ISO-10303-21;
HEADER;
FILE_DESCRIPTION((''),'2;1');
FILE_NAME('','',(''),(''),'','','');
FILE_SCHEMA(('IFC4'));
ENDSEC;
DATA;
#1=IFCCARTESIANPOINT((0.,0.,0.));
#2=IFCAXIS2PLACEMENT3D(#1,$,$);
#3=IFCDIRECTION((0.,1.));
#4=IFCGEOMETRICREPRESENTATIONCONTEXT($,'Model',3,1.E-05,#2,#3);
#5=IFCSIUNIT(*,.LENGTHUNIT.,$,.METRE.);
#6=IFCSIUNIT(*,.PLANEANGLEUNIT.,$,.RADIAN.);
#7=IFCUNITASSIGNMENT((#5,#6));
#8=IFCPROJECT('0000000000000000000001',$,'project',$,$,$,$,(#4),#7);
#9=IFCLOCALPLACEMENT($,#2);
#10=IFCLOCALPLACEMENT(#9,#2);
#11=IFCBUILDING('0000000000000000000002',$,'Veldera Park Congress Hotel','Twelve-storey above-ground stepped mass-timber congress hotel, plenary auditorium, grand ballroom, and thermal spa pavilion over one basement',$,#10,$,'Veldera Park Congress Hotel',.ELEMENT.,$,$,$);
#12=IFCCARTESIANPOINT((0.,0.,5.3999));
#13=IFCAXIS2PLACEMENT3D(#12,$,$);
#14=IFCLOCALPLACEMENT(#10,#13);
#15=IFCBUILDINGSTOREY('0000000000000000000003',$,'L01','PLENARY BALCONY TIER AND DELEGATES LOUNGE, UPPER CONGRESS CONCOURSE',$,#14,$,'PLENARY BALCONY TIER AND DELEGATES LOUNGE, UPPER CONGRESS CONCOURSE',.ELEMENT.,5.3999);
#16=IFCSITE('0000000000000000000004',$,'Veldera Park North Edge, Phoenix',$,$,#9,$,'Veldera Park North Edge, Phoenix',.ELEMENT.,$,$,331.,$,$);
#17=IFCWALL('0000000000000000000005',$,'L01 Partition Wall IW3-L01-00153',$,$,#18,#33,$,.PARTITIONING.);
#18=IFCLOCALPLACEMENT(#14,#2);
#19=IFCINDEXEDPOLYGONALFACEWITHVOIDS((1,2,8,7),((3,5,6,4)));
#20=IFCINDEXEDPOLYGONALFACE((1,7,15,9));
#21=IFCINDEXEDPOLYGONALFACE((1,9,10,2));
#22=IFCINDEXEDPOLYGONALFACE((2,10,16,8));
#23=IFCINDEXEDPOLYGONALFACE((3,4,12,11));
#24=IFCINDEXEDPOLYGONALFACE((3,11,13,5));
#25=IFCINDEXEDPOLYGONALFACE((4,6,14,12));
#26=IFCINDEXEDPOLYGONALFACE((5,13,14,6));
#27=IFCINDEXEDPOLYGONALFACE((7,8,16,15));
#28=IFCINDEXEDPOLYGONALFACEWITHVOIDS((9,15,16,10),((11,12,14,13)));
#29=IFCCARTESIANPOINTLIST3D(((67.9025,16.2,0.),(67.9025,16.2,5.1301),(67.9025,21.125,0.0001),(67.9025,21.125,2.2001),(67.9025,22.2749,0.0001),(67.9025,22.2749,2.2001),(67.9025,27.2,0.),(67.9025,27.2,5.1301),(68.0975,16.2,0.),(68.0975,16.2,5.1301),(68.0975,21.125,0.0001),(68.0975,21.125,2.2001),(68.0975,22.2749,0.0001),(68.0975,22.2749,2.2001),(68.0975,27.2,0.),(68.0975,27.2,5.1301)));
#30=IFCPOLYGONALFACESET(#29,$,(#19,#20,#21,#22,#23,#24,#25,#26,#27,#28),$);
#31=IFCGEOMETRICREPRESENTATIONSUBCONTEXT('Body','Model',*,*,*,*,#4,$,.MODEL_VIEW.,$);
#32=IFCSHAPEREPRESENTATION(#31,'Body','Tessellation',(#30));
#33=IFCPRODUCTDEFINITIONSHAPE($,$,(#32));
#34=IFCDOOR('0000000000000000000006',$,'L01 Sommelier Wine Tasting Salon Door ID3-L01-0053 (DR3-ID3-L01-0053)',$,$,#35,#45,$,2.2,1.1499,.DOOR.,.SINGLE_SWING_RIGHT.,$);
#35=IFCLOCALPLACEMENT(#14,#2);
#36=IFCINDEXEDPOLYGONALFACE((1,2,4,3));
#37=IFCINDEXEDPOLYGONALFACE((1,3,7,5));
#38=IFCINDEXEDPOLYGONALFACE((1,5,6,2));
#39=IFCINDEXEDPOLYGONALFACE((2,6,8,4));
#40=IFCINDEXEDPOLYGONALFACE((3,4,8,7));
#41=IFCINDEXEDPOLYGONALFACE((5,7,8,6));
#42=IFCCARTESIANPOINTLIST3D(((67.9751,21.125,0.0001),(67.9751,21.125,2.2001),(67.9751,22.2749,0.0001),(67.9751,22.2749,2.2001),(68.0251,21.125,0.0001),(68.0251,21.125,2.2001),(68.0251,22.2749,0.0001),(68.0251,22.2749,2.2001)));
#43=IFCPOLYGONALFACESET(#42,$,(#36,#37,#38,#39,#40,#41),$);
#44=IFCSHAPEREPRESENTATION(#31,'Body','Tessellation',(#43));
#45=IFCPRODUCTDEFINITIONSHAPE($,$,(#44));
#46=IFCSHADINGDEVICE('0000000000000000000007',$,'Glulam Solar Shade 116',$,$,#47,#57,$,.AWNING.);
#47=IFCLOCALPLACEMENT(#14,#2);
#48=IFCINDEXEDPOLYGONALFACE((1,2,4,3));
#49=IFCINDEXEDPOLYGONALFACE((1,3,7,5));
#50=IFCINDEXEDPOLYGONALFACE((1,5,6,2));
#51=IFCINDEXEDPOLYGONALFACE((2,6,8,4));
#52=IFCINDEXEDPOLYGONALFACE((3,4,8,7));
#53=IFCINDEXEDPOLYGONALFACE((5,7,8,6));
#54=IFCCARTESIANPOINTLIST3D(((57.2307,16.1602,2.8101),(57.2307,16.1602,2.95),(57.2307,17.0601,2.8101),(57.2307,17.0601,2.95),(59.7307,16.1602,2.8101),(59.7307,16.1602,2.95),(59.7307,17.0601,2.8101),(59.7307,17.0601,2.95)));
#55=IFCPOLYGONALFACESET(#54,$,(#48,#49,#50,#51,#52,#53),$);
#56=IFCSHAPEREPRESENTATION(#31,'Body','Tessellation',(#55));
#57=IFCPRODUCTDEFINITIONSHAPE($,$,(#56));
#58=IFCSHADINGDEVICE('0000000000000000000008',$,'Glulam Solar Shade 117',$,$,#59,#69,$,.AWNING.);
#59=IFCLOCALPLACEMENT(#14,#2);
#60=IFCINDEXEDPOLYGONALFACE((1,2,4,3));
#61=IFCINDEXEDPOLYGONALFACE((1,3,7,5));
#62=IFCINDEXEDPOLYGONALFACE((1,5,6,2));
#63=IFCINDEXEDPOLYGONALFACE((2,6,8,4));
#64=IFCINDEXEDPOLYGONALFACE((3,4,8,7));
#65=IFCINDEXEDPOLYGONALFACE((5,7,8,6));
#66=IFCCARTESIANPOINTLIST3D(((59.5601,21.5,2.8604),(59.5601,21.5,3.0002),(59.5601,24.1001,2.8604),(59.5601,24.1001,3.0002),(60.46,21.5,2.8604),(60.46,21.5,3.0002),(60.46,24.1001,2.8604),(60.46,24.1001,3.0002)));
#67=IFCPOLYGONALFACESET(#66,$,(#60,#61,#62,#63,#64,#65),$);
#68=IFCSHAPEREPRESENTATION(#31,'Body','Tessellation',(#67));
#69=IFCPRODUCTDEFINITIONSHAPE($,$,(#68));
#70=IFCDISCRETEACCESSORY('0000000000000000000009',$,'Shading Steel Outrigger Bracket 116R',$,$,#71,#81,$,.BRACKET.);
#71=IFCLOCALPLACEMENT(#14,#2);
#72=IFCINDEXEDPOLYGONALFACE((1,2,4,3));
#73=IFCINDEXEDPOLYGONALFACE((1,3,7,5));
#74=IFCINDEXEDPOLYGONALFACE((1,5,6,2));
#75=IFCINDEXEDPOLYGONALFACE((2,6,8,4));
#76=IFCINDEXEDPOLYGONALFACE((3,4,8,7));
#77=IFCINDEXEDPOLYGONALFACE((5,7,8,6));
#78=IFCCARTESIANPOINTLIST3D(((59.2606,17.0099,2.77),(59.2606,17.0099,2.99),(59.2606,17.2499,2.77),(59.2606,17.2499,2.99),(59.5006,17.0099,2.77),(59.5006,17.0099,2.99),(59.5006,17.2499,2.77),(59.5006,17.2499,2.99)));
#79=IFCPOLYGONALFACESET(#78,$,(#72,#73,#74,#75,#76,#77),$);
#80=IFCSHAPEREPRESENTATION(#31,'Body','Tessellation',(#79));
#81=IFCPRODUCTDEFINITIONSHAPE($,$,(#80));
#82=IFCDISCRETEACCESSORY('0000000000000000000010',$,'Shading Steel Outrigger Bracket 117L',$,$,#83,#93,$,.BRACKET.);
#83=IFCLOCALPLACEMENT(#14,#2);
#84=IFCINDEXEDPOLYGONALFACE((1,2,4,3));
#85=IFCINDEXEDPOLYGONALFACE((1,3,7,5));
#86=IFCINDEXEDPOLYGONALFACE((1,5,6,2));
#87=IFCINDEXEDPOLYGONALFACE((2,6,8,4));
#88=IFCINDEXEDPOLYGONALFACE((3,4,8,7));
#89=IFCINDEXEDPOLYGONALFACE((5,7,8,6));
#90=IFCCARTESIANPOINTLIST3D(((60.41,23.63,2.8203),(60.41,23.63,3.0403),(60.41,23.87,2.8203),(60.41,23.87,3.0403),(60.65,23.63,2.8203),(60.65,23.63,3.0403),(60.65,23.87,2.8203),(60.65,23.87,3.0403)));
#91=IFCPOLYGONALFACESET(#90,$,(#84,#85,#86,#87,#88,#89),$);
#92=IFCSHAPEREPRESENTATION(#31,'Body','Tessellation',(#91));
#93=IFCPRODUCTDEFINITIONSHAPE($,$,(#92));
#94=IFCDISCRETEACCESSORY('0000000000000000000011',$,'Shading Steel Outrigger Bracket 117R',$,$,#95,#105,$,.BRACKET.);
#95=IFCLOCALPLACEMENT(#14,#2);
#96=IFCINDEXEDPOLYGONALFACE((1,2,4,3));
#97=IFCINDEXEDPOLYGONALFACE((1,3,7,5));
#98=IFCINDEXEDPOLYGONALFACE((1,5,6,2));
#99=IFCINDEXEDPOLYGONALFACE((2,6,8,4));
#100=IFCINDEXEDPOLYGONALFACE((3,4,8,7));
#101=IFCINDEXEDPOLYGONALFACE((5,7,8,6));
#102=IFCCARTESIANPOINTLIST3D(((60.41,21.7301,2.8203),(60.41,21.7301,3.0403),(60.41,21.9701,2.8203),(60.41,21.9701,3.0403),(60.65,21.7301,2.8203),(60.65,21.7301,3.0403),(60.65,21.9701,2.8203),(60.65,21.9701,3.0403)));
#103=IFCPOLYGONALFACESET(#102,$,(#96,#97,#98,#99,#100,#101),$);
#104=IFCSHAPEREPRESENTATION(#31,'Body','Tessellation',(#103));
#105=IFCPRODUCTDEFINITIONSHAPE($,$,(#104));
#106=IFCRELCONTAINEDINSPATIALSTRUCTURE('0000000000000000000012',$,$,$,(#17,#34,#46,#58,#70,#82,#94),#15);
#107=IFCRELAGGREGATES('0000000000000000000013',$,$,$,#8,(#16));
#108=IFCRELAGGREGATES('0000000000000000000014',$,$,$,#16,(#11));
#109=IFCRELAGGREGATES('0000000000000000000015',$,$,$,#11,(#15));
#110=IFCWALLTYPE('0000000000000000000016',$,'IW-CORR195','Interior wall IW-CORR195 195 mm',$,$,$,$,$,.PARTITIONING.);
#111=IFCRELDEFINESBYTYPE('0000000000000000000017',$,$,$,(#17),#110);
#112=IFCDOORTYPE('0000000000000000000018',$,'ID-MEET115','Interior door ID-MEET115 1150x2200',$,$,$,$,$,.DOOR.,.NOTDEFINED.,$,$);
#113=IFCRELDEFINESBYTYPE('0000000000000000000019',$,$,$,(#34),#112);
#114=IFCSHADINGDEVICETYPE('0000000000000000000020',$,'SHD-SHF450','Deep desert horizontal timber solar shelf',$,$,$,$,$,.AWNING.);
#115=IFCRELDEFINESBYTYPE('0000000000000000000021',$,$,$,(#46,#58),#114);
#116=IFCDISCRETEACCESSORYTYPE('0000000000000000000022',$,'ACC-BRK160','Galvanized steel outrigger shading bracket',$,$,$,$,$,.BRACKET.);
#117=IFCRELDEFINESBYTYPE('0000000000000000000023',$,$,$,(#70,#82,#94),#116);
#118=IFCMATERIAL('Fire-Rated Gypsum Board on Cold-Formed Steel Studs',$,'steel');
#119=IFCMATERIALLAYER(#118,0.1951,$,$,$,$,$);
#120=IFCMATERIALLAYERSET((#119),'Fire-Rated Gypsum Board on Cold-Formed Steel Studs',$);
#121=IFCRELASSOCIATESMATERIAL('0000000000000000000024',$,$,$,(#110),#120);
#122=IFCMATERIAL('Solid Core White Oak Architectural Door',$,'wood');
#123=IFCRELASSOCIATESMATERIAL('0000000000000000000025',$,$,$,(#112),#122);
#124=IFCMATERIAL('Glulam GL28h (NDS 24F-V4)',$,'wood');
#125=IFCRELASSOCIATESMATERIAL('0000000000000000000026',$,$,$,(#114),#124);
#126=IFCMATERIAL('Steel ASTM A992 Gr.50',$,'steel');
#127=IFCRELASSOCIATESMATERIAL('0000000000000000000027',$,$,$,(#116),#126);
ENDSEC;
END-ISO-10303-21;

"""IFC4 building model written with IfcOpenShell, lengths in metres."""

from ifc_helpers import new_model, si_unit, direction, frame, frame_2d, origin, origin_2d, place, context, subcontext, project, spatial, rectangle, extrude, material, layer, layer_set, type_object, element, fill, save


model = new_model("IFC4")

# Units and contexts
model_context = context("Model", 3, precision=1e-05, world=origin(), true_north=direction((0.0, 1.0)))
body_context = subcontext(model_context, "Body", "Model", "MODEL_VIEW")
ifc_project = project(units=[si_unit("LENGTHUNIT", "METRE"), si_unit("PLANEANGLEUNIT", "RADIAN")], contexts=[model_context])

# Site, building, storey
site_placement = place(None, origin())
site = spatial("IfcSite", under=ifc_project, at=site_placement, Name="Veldera Park North Edge, Phoenix", LongName="Veldera Park North Edge, Phoenix", CompositionType="ELEMENT", RefElevation=331.0)
building_placement = place(site_placement, origin())
building = spatial("IfcBuilding", under=site, at=building_placement, Name="Veldera Park Congress Hotel", Description="Twelve-storey above-ground stepped mass-timber congress hotel, plenary auditorium, grand ballroom, and thermal spa pavilion over one basement", LongName="Veldera Park Congress Hotel", CompositionType="ELEMENT")
storey_placement = place(building_placement, frame((0.0, 0.0, 5.3999)))
storey = spatial("IfcBuildingStorey", under=building, at=storey_placement, Name="L01", Description="PLENARY BALCONY TIER AND DELEGATES LOUNGE, UPPER CONGRESS CONCOURSE", LongName="PLENARY BALCONY TIER AND DELEGATES LOUNGE, UPPER CONGRESS CONCOURSE", CompositionType="ELEMENT", Elevation=5.3999)

# Shared definitions
ifc_material_1 = material(Name="Glulam GL28h (NDS 24F-V4)", Category="wood")

# Shared definitions
ifc_material_2 = material(Name="Fire-Rated Gypsum Board on Cold-Formed Steel Studs", Category="steel")
ifc_layer_1 = layer(ifc_material_2, 0.1951)
ifc_layer_set_1 = layer_set([ifc_layer_1], Name="Fire-Rated Gypsum Board on Cold-Formed Steel Studs")
wall_type_1 = type_object("IfcWallType", Name="IW-CORR195", Description="Interior wall IW-CORR195 195 mm", PredefinedType="PARTITIONING", material=ifc_layer_set_1)

# Wall, opening, door
wall_1_placement = place(storey_placement, frame((68.0, 16.2, 0.0), z_axis=(0.0, 0.0, 1.0), x_axis=(0.0, 1.0, 0.0)))
wall_1 = element("IfcWall", 1, at=wall_1_placement, inside=storey, type_object=wall_type_1, Name="L01 Partition Wall IW3-L01-00153", PredefinedType="PARTITIONING", context=body_context, shape_type="SweptSolid", body=[
    extrude(rectangle(XDim=11.0, YDim=0.1951, at=frame_2d((5.5, 0.0))), origin(), (0.0, 0.0, 1.0), 5.1301),
])
opening_placement = place(wall_1_placement, frame((4.925, 0.0, 0.0)))
opening = element("IfcOpeningElement", 2, at=opening_placement, cuts=wall_1, PredefinedType="OPENING", context=body_context, shape_type="SweptSolid", body=[
    extrude(rectangle(XDim=1.1499, YDim=2.2, at=frame_2d((0.575, 1.1001))), frame((0.0, 0.1096, 0.0), z_axis=(0.0, -1.0, 0.0), x_axis=(1.0, 0.0, 0.0)), (0.0, 0.0, 1.0), 0.219),
])
ifc_material_3 = material(Name="Solid Core White Oak Architectural Door", Category="wood")
door_type = type_object("IfcDoorType", Name="ID-MEET115", Description="Interior door ID-MEET115 1150x2200", OperationType="NOTDEFINED", PredefinedType="DOOR", material=ifc_material_3)
door_placement = place(opening_placement, origin())
door = element("IfcDoor", 3, at=door_placement, inside=storey, type_object=door_type, Name="L01 Sommelier Wine Tasting Salon Door ID3-L01-0053 (DR3-ID3-L01-0053)", OperationType="SINGLE_SWING_RIGHT", OverallHeight=2.2, OverallWidth=1.1499, PredefinedType="DOOR", context=body_context, shape_type="SweptSolid", body=[
    extrude(rectangle(XDim=1.1499, YDim=2.2, at=frame_2d((0.575, 1.1001))), frame((0.0, 0.0249, 0.0), z_axis=(0.0, -1.0, 0.0), x_axis=(1.0, 0.0, 0.0)), (0.0, 0.0, 1.0), 0.05),
])
fill(opening, door)

# Shading devices
shading_device_type = type_object("IfcShadingDeviceType", Name="SHD-SHF450", Description="Deep desert horizontal timber solar shelf", PredefinedType="AWNING", material=ifc_material_1)
shading_device_1_placement = place(storey_placement, frame((58.4807, 16.6101, 2.8101), z_axis=(0.0, 0.0, 1.0), x_axis=(1.0, 0.0, 0.0)))
element("IfcShadingDevice", 4, at=shading_device_1_placement, inside=storey, type_object=shading_device_type, Name="Glulam Solar Shade 116", PredefinedType="AWNING", context=body_context, shape_type="SweptSolid", body=[
    extrude(rectangle(XDim=2.5, YDim=0.8999, at=origin_2d()), origin(), (0.0, 0.0, 1.0), 0.1399),
])
shading_device_2_placement = place(storey_placement, frame((60.01, 22.8, 2.8604), z_axis=(0.0, 0.0, 1.0), x_axis=(0.0, -1.0, 0.0)))
element("IfcShadingDevice", 5, at=shading_device_2_placement, inside=storey, type_object=shading_device_type, Name="Glulam Solar Shade 117", PredefinedType="AWNING", context=body_context, shape_type="SweptSolid", body=[
    extrude(rectangle(XDim=2.6001, YDim=0.8999, at=origin_2d()), origin(), (0.0, 0.0, 1.0), 0.1399),
])

# Discrete accessories
ifc_material_4 = material(Name="Steel ASTM A992 Gr.50", Category="steel")
discrete_accessory_type = type_object("IfcDiscreteAccessoryType", Name="ACC-BRK160", Description="Galvanized steel outrigger shading bracket", PredefinedType="BRACKET", material=ifc_material_4)
for number, where, z_axis, x_axis, name in (
    (6, (59.3806, 17.1299, 2.77), (0.0, 0.0, 1.0), (1.0, 0.0, 0.0), "Shading Steel Outrigger Bracket 116R"),
    (7, (60.53, 23.75, 2.8203), (0.0, 0.0, 1.0), (0.0, -1.0, 0.0), "Shading Steel Outrigger Bracket 117L"),
    (8, (60.53, 21.8501, 2.8203), (0.0, 0.0, 1.0), (0.0, -1.0, 0.0), "Shading Steel Outrigger Bracket 117R"),
):
    element("IfcDiscreteAccessory", number, at=place(storey_placement, frame(where, z_axis=z_axis, x_axis=x_axis)), inside=storey, type_object=discrete_accessory_type, Name=name, PredefinedType="BRACKET", context=body_context, shape_type="SweptSolid", body=[
        extrude(rectangle(XDim=0.24, YDim=0.24, at=origin_2d()), origin(), (0.0, 0.0, 1.0), 0.22),
    ])

save(model, "model.ifc")
